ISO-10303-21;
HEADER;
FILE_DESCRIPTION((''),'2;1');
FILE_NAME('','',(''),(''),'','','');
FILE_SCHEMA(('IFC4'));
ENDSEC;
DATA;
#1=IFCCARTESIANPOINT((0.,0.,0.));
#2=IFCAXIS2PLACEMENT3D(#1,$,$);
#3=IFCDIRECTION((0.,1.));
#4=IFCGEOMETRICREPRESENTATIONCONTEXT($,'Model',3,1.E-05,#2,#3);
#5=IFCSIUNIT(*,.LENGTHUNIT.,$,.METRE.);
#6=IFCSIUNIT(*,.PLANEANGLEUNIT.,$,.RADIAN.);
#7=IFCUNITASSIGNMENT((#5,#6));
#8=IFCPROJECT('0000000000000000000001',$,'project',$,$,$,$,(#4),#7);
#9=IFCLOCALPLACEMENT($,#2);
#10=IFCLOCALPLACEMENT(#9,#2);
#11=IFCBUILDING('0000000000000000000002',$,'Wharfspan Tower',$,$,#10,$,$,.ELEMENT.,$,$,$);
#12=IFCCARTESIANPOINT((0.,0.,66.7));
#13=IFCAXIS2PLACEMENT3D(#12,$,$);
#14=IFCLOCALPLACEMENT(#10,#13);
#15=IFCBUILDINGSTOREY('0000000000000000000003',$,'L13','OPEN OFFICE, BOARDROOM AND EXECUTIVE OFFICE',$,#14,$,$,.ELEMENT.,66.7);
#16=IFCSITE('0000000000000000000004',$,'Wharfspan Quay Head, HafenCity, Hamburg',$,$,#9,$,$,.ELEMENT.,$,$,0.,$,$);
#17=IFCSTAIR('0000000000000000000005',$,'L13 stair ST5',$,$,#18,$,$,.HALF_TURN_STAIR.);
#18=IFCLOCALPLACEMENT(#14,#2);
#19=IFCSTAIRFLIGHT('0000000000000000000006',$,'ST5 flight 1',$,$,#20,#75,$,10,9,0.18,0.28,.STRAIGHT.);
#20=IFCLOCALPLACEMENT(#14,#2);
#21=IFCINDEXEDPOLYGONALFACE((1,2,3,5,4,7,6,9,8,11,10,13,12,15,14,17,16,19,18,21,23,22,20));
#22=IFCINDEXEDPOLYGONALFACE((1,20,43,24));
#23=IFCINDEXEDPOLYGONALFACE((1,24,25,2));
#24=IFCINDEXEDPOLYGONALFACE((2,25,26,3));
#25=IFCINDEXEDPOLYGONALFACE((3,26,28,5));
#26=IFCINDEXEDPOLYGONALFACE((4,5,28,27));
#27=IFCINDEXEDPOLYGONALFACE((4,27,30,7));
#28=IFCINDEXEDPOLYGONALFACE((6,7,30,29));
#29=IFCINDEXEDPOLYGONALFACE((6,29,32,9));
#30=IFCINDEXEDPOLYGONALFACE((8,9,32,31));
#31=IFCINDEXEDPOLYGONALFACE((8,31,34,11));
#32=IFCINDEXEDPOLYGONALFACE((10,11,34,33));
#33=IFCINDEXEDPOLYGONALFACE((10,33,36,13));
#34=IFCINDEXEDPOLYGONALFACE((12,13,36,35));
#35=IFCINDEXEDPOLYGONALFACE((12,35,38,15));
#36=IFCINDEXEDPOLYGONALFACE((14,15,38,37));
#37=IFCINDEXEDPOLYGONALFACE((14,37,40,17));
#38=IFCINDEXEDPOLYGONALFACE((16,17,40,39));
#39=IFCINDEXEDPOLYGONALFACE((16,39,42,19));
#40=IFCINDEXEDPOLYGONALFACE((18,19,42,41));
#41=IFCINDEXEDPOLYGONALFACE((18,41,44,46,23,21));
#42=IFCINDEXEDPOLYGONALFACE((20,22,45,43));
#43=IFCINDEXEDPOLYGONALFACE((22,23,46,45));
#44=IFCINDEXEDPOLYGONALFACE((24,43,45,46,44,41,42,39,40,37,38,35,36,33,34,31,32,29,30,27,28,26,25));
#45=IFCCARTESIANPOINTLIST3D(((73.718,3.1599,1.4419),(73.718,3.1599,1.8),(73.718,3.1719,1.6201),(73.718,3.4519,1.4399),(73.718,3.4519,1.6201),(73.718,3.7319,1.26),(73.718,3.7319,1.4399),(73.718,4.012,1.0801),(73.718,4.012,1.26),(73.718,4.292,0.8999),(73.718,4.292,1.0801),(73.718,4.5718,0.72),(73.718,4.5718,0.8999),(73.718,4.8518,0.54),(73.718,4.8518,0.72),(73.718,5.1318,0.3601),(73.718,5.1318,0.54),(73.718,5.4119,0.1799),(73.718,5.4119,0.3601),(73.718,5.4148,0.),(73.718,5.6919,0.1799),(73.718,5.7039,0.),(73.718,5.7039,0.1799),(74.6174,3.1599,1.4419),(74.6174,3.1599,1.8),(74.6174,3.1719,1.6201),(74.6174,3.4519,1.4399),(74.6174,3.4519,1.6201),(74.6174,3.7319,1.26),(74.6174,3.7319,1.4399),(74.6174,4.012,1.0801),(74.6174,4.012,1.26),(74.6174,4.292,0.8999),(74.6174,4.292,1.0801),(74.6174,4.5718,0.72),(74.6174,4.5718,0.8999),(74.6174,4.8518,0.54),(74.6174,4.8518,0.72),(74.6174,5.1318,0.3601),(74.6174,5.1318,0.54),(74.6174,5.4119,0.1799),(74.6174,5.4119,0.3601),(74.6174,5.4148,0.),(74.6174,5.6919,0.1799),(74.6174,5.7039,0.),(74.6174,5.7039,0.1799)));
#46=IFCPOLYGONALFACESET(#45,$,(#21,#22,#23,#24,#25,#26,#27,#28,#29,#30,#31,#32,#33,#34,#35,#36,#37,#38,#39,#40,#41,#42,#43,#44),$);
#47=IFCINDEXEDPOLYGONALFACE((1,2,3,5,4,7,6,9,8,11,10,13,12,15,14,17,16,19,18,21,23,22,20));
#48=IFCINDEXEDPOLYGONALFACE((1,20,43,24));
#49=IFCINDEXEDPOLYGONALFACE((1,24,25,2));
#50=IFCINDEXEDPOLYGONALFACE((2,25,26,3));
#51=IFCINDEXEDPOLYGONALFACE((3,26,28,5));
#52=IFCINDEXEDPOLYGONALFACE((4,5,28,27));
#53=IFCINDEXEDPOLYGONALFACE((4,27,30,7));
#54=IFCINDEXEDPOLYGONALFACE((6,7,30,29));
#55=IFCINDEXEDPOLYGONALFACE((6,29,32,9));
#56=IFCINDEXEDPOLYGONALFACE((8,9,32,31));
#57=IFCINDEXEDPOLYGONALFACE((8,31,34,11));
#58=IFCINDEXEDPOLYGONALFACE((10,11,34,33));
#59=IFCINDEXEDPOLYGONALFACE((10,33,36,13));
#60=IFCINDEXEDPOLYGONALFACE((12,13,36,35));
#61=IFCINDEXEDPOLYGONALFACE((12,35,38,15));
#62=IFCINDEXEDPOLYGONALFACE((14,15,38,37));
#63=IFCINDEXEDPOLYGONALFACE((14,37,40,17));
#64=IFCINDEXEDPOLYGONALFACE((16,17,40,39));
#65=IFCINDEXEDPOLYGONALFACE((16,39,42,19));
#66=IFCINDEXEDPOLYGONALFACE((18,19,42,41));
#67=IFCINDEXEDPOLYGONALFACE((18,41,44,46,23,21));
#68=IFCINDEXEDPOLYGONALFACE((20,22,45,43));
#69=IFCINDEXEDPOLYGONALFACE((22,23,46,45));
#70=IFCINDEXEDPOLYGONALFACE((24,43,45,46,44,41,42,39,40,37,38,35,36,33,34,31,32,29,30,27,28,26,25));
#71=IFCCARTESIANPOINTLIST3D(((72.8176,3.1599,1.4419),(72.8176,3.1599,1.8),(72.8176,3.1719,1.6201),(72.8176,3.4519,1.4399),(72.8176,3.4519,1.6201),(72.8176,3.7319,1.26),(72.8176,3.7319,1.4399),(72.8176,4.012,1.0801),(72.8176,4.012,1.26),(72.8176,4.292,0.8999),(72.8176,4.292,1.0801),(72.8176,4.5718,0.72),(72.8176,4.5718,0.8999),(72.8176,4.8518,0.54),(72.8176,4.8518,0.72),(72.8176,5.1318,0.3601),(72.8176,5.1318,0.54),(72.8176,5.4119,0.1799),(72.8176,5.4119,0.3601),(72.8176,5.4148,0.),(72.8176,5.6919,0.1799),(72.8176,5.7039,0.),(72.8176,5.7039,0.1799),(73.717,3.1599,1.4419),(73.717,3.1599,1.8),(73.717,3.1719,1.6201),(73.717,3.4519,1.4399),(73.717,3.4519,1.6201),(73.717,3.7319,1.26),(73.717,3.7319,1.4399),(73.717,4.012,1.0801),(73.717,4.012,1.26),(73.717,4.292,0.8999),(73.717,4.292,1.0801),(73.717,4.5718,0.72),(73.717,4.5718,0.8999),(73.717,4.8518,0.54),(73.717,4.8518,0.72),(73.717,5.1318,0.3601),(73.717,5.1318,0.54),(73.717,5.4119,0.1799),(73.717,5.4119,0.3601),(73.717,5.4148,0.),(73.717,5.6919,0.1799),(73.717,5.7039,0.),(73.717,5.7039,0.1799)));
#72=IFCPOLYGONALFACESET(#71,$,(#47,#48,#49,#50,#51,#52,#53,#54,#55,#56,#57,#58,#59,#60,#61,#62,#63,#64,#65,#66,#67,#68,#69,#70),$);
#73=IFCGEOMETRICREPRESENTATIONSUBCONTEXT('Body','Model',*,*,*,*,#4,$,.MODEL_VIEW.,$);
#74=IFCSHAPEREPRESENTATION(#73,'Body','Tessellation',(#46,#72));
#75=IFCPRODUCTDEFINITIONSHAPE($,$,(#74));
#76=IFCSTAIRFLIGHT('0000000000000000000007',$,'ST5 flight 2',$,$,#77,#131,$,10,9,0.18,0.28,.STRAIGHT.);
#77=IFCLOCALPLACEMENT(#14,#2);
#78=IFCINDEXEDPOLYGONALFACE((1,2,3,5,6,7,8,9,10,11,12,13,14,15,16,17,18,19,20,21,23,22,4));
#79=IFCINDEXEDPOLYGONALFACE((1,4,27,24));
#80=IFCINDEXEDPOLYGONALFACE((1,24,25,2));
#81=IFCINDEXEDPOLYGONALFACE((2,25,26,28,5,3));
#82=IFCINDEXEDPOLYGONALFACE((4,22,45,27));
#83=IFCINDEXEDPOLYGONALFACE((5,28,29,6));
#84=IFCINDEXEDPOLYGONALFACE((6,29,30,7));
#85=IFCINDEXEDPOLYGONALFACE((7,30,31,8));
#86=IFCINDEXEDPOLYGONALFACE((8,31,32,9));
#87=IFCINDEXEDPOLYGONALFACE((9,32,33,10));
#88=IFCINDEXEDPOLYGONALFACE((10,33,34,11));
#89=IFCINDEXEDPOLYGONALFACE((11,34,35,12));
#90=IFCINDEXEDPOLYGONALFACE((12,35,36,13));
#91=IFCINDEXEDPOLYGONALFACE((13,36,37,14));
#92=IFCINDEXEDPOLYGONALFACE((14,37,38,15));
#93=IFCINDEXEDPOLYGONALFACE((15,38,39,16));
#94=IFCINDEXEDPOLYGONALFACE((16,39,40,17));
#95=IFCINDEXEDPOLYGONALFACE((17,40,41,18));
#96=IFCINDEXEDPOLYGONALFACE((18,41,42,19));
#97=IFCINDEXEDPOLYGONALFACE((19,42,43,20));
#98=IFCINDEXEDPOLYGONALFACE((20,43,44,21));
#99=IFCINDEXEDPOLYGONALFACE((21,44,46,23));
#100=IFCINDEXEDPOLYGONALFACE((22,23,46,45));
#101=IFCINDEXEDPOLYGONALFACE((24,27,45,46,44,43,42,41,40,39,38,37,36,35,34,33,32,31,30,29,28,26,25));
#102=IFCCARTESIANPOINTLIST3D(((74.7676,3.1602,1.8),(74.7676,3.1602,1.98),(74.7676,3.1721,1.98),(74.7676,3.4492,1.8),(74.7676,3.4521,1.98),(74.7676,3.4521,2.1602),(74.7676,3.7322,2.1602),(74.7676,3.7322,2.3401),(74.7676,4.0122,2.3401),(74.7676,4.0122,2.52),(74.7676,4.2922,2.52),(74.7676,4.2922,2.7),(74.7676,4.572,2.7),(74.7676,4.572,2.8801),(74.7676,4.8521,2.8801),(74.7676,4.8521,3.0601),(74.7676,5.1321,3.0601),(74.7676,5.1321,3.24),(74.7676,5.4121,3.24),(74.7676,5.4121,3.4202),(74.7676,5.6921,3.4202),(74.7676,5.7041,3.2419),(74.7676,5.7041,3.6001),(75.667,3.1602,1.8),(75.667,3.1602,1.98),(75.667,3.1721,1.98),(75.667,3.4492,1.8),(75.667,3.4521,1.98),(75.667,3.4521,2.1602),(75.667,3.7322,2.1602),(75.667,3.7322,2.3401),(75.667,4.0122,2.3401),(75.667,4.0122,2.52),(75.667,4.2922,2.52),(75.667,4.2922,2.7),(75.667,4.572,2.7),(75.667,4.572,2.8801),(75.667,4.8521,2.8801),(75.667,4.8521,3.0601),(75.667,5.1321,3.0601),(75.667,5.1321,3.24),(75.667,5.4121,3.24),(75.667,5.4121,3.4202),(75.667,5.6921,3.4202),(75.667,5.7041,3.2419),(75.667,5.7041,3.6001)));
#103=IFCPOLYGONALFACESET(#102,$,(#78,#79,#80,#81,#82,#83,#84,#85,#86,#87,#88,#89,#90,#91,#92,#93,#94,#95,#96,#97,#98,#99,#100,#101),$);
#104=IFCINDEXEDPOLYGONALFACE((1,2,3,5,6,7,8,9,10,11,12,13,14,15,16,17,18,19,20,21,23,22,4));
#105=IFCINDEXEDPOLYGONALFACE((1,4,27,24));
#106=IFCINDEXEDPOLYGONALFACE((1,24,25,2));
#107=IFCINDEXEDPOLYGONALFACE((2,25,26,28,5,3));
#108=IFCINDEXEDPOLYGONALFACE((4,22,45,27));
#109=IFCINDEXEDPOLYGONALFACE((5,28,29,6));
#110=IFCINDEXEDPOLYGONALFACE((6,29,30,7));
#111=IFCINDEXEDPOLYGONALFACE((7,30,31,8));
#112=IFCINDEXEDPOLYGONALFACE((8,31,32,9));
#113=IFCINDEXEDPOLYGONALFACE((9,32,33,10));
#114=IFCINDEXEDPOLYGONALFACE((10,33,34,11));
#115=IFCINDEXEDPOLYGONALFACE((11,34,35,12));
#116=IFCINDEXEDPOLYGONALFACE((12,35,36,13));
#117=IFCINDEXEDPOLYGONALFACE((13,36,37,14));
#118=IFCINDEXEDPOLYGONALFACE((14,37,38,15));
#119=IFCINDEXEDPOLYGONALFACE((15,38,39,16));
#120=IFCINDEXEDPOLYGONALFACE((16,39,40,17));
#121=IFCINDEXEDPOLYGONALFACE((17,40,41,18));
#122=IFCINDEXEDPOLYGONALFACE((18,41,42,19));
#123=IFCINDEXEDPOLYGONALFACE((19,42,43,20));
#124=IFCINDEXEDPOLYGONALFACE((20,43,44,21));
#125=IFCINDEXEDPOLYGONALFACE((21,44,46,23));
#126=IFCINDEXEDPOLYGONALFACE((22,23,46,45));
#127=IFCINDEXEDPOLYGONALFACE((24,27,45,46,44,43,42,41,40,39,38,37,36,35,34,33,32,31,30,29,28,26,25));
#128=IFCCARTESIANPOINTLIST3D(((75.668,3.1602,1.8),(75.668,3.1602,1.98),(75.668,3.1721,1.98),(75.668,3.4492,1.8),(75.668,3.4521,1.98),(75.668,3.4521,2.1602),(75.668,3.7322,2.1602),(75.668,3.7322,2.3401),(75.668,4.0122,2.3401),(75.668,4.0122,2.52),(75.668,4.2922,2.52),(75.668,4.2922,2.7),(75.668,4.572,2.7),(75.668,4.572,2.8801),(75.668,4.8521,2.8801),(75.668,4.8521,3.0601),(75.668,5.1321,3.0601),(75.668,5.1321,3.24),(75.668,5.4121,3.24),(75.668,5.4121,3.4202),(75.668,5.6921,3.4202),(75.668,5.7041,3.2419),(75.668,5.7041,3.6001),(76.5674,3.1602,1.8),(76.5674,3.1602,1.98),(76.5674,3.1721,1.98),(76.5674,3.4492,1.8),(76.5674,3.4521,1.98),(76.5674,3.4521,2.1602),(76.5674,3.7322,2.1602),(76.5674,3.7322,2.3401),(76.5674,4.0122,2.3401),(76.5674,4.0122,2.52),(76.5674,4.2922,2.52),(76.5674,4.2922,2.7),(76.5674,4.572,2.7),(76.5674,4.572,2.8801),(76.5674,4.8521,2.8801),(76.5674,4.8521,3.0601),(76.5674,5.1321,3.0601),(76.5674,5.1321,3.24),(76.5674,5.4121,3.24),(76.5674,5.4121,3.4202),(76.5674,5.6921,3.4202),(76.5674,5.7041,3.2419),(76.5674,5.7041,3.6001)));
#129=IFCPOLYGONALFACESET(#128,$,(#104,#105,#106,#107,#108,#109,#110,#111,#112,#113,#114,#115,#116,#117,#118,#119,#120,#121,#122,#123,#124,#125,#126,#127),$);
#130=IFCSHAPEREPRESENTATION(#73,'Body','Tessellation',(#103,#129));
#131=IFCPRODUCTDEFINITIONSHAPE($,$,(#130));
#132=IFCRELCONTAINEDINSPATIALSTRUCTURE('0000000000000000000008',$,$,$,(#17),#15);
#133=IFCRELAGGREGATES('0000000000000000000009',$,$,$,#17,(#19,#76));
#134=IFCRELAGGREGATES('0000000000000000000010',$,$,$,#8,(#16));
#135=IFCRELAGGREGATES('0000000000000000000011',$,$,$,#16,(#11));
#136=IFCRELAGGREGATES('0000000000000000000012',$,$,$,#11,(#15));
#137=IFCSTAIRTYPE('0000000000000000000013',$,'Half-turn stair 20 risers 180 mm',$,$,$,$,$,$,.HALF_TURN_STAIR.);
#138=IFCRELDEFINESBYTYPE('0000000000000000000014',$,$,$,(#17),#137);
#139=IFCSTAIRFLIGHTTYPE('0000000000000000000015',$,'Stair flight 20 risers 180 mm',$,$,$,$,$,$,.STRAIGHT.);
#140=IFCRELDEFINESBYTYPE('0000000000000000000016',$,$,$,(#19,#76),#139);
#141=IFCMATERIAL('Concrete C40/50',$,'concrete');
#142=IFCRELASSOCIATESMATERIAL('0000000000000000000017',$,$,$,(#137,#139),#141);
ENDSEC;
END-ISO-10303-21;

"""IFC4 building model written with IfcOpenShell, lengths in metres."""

from ifc_helpers import new_model, si_unit, direction, frame, origin, place, context, subcontext, project, spatial, polyline, outline, extrude, material, type_object, element, aggregate, save


model = new_model("IFC4")

# Units and contexts
model_context = context("Model", 3, precision=1e-05, world=origin(), true_north=direction((0.0, 1.0)))
body_context = subcontext(model_context, "Body", "Model", "MODEL_VIEW")
ifc_project = project(units=[si_unit("LENGTHUNIT", "METRE"), si_unit("PLANEANGLEUNIT", "RADIAN")], contexts=[model_context])

# Site, building, storey
site_placement = place(None, origin())
site = spatial("IfcSite", under=ifc_project, at=site_placement, Name="Wharfspan Quay Head, HafenCity, Hamburg", CompositionType="ELEMENT", RefElevation=0.0)
building_placement = place(site_placement, origin())
building = spatial("IfcBuilding", under=site, at=building_placement, Name="Wharfspan Tower", CompositionType="ELEMENT")
storey_placement = place(building_placement, frame((0.0, 0.0, 66.7)))
storey = spatial("IfcBuildingStorey", under=building, at=storey_placement, Name="L13", Description="OPEN OFFICE, BOARDROOM AND EXECUTIVE OFFICE", CompositionType="ELEMENT", Elevation=66.7)

# Shared definitions
ifc_material_1 = material(Name="Concrete C40/50", Category="concrete")

# Stair, stair flights
stair_type = type_object("IfcStairType", Name="Half-turn stair 20 risers 180 mm", PredefinedType="HALF_TURN_STAIR", material=ifc_material_1)
stair_placement = place(storey_placement, origin())
stair = element("IfcStair", 1, at=stair_placement, inside=storey, type_object=stair_type, Name="L13 stair ST5", PredefinedType="HALF_TURN_STAIR")
stair_flight_type = type_object("IfcStairFlightType", Name="Stair flight 20 risers 180 mm", PredefinedType="STRAIGHT", material=ifc_material_1)
stair_flight_1_placement = place(storey_placement, frame((73.7175, 5.6919, 0.0), z_axis=(0.0, 0.0, 1.0), x_axis=(0.0, -1.0, 0.0)))
stair_flight_1 = element("IfcStairFlight", 2, at=stair_flight_1_placement, type_object=stair_flight_type, Name="ST5 flight 1", NumberOfRisers=10, NumberOfTreads=9, PredefinedType="STRAIGHT", RiserHeight=0.18, TreadLength=0.28, context=body_context, shape_type="SweptSolid", body=[
    extrude(outline(polyline([(-0.012, 0.0), (-0.012, 0.1799), (0.0, 0.1799), (0.28, 0.1799), (0.28, 0.3601), (0.5601, 0.3601), (0.5601, 0.54), (0.8401, 0.54), (0.8401, 0.72), (1.1201, 0.72), (1.1201, 0.8999), (1.3999, 0.8999), (1.3999, 1.0801), (1.6799, 1.0801), (1.6799, 1.26), (1.96, 1.26), (1.96, 1.4399), (2.24, 1.4399), (2.24, 1.6201), (2.52, 1.6201), (2.532, 1.8), (2.532, 1.4419), (0.2771, 0.0), (-0.012, 0.0)])), frame((0.0, 0.8999, 0.0), z_axis=(0.0, -1.0, 0.0), x_axis=(1.0, 0.0, 0.0)), (0.0, 0.0, 1.0), 0.8994),
    extrude(outline(polyline([(-0.012, 0.0), (-0.012, 0.1799), (0.0, 0.1799), (0.28, 0.1799), (0.28, 0.3601), (0.5601, 0.3601), (0.5601, 0.54), (0.8401, 0.54), (0.8401, 0.72), (1.1201, 0.72), (1.1201, 0.8999), (1.3999, 0.8999), (1.3999, 1.0801), (1.6799, 1.0801), (1.6799, 1.26), (1.96, 1.26), (1.96, 1.4399), (2.24, 1.4399), (2.24, 1.6201), (2.52, 1.6201), (2.532, 1.8), (2.532, 1.4419), (0.2771, 0.0), (-0.012, 0.0)])), frame((0.0, -0.0005, 0.0), z_axis=(0.0, -1.0, 0.0), x_axis=(1.0, 0.0, 0.0)), (0.0, 0.0, 1.0), 0.8994),
])
stair_flight_2_placement = place(storey_placement, frame((75.6675, 3.1721, 1.8), z_axis=(0.0, 0.0, 1.0), x_axis=(0.0, 1.0, 0.0)))
stair_flight_2 = element("IfcStairFlight", 3, at=stair_flight_2_placement, type_object=stair_flight_type, Name="ST5 flight 2", NumberOfRisers=10, NumberOfTreads=9, PredefinedType="STRAIGHT", RiserHeight=0.18, TreadLength=0.28, context=body_context, shape_type="SweptSolid", body=[
    extrude(outline(polyline([(-0.012, 0.0), (-0.012, 0.1799), (0.0, 0.1799), (0.28, 0.1799), (0.28, 0.3601), (0.5601, 0.3601), (0.5601, 0.54), (0.8401, 0.54), (0.8401, 0.72), (1.1201, 0.72), (1.1201, 0.8999), (1.3999, 0.8999), (1.3999, 1.0801), (1.6799, 1.0801), (1.6799, 1.26), (1.96, 1.26), (1.96, 1.4399), (2.24, 1.4399), (2.24, 1.6201), (2.52, 1.6201), (2.532, 1.8), (2.532, 1.4419), (0.2771, 0.0), (-0.012, 0.0)])), frame((0.0, 0.8999, 0.0), z_axis=(0.0, -1.0, 0.0), x_axis=(1.0, 0.0, 0.0)), (0.0, 0.0, 1.0), 0.8994),
    extrude(outline(polyline([(-0.012, 0.0), (-0.012, 0.1799), (0.0, 0.1799), (0.28, 0.1799), (0.28, 0.3601), (0.5601, 0.3601), (0.5601, 0.54), (0.8401, 0.54), (0.8401, 0.72), (1.1201, 0.72), (1.1201, 0.8999), (1.3999, 0.8999), (1.3999, 1.0801), (1.6799, 1.0801), (1.6799, 1.26), (1.96, 1.26), (1.96, 1.4399), (2.24, 1.4399), (2.24, 1.6201), (2.52, 1.6201), (2.532, 1.8), (2.532, 1.4419), (0.2771, 0.0), (-0.012, 0.0)])), frame((0.0, -0.0005, 0.0), z_axis=(0.0, -1.0, 0.0), x_axis=(1.0, 0.0, 0.0)), (0.0, 0.0, 1.0), 0.8994),
])
aggregate(stair, [stair_flight_1, stair_flight_2])

save(model, "model.ifc")
